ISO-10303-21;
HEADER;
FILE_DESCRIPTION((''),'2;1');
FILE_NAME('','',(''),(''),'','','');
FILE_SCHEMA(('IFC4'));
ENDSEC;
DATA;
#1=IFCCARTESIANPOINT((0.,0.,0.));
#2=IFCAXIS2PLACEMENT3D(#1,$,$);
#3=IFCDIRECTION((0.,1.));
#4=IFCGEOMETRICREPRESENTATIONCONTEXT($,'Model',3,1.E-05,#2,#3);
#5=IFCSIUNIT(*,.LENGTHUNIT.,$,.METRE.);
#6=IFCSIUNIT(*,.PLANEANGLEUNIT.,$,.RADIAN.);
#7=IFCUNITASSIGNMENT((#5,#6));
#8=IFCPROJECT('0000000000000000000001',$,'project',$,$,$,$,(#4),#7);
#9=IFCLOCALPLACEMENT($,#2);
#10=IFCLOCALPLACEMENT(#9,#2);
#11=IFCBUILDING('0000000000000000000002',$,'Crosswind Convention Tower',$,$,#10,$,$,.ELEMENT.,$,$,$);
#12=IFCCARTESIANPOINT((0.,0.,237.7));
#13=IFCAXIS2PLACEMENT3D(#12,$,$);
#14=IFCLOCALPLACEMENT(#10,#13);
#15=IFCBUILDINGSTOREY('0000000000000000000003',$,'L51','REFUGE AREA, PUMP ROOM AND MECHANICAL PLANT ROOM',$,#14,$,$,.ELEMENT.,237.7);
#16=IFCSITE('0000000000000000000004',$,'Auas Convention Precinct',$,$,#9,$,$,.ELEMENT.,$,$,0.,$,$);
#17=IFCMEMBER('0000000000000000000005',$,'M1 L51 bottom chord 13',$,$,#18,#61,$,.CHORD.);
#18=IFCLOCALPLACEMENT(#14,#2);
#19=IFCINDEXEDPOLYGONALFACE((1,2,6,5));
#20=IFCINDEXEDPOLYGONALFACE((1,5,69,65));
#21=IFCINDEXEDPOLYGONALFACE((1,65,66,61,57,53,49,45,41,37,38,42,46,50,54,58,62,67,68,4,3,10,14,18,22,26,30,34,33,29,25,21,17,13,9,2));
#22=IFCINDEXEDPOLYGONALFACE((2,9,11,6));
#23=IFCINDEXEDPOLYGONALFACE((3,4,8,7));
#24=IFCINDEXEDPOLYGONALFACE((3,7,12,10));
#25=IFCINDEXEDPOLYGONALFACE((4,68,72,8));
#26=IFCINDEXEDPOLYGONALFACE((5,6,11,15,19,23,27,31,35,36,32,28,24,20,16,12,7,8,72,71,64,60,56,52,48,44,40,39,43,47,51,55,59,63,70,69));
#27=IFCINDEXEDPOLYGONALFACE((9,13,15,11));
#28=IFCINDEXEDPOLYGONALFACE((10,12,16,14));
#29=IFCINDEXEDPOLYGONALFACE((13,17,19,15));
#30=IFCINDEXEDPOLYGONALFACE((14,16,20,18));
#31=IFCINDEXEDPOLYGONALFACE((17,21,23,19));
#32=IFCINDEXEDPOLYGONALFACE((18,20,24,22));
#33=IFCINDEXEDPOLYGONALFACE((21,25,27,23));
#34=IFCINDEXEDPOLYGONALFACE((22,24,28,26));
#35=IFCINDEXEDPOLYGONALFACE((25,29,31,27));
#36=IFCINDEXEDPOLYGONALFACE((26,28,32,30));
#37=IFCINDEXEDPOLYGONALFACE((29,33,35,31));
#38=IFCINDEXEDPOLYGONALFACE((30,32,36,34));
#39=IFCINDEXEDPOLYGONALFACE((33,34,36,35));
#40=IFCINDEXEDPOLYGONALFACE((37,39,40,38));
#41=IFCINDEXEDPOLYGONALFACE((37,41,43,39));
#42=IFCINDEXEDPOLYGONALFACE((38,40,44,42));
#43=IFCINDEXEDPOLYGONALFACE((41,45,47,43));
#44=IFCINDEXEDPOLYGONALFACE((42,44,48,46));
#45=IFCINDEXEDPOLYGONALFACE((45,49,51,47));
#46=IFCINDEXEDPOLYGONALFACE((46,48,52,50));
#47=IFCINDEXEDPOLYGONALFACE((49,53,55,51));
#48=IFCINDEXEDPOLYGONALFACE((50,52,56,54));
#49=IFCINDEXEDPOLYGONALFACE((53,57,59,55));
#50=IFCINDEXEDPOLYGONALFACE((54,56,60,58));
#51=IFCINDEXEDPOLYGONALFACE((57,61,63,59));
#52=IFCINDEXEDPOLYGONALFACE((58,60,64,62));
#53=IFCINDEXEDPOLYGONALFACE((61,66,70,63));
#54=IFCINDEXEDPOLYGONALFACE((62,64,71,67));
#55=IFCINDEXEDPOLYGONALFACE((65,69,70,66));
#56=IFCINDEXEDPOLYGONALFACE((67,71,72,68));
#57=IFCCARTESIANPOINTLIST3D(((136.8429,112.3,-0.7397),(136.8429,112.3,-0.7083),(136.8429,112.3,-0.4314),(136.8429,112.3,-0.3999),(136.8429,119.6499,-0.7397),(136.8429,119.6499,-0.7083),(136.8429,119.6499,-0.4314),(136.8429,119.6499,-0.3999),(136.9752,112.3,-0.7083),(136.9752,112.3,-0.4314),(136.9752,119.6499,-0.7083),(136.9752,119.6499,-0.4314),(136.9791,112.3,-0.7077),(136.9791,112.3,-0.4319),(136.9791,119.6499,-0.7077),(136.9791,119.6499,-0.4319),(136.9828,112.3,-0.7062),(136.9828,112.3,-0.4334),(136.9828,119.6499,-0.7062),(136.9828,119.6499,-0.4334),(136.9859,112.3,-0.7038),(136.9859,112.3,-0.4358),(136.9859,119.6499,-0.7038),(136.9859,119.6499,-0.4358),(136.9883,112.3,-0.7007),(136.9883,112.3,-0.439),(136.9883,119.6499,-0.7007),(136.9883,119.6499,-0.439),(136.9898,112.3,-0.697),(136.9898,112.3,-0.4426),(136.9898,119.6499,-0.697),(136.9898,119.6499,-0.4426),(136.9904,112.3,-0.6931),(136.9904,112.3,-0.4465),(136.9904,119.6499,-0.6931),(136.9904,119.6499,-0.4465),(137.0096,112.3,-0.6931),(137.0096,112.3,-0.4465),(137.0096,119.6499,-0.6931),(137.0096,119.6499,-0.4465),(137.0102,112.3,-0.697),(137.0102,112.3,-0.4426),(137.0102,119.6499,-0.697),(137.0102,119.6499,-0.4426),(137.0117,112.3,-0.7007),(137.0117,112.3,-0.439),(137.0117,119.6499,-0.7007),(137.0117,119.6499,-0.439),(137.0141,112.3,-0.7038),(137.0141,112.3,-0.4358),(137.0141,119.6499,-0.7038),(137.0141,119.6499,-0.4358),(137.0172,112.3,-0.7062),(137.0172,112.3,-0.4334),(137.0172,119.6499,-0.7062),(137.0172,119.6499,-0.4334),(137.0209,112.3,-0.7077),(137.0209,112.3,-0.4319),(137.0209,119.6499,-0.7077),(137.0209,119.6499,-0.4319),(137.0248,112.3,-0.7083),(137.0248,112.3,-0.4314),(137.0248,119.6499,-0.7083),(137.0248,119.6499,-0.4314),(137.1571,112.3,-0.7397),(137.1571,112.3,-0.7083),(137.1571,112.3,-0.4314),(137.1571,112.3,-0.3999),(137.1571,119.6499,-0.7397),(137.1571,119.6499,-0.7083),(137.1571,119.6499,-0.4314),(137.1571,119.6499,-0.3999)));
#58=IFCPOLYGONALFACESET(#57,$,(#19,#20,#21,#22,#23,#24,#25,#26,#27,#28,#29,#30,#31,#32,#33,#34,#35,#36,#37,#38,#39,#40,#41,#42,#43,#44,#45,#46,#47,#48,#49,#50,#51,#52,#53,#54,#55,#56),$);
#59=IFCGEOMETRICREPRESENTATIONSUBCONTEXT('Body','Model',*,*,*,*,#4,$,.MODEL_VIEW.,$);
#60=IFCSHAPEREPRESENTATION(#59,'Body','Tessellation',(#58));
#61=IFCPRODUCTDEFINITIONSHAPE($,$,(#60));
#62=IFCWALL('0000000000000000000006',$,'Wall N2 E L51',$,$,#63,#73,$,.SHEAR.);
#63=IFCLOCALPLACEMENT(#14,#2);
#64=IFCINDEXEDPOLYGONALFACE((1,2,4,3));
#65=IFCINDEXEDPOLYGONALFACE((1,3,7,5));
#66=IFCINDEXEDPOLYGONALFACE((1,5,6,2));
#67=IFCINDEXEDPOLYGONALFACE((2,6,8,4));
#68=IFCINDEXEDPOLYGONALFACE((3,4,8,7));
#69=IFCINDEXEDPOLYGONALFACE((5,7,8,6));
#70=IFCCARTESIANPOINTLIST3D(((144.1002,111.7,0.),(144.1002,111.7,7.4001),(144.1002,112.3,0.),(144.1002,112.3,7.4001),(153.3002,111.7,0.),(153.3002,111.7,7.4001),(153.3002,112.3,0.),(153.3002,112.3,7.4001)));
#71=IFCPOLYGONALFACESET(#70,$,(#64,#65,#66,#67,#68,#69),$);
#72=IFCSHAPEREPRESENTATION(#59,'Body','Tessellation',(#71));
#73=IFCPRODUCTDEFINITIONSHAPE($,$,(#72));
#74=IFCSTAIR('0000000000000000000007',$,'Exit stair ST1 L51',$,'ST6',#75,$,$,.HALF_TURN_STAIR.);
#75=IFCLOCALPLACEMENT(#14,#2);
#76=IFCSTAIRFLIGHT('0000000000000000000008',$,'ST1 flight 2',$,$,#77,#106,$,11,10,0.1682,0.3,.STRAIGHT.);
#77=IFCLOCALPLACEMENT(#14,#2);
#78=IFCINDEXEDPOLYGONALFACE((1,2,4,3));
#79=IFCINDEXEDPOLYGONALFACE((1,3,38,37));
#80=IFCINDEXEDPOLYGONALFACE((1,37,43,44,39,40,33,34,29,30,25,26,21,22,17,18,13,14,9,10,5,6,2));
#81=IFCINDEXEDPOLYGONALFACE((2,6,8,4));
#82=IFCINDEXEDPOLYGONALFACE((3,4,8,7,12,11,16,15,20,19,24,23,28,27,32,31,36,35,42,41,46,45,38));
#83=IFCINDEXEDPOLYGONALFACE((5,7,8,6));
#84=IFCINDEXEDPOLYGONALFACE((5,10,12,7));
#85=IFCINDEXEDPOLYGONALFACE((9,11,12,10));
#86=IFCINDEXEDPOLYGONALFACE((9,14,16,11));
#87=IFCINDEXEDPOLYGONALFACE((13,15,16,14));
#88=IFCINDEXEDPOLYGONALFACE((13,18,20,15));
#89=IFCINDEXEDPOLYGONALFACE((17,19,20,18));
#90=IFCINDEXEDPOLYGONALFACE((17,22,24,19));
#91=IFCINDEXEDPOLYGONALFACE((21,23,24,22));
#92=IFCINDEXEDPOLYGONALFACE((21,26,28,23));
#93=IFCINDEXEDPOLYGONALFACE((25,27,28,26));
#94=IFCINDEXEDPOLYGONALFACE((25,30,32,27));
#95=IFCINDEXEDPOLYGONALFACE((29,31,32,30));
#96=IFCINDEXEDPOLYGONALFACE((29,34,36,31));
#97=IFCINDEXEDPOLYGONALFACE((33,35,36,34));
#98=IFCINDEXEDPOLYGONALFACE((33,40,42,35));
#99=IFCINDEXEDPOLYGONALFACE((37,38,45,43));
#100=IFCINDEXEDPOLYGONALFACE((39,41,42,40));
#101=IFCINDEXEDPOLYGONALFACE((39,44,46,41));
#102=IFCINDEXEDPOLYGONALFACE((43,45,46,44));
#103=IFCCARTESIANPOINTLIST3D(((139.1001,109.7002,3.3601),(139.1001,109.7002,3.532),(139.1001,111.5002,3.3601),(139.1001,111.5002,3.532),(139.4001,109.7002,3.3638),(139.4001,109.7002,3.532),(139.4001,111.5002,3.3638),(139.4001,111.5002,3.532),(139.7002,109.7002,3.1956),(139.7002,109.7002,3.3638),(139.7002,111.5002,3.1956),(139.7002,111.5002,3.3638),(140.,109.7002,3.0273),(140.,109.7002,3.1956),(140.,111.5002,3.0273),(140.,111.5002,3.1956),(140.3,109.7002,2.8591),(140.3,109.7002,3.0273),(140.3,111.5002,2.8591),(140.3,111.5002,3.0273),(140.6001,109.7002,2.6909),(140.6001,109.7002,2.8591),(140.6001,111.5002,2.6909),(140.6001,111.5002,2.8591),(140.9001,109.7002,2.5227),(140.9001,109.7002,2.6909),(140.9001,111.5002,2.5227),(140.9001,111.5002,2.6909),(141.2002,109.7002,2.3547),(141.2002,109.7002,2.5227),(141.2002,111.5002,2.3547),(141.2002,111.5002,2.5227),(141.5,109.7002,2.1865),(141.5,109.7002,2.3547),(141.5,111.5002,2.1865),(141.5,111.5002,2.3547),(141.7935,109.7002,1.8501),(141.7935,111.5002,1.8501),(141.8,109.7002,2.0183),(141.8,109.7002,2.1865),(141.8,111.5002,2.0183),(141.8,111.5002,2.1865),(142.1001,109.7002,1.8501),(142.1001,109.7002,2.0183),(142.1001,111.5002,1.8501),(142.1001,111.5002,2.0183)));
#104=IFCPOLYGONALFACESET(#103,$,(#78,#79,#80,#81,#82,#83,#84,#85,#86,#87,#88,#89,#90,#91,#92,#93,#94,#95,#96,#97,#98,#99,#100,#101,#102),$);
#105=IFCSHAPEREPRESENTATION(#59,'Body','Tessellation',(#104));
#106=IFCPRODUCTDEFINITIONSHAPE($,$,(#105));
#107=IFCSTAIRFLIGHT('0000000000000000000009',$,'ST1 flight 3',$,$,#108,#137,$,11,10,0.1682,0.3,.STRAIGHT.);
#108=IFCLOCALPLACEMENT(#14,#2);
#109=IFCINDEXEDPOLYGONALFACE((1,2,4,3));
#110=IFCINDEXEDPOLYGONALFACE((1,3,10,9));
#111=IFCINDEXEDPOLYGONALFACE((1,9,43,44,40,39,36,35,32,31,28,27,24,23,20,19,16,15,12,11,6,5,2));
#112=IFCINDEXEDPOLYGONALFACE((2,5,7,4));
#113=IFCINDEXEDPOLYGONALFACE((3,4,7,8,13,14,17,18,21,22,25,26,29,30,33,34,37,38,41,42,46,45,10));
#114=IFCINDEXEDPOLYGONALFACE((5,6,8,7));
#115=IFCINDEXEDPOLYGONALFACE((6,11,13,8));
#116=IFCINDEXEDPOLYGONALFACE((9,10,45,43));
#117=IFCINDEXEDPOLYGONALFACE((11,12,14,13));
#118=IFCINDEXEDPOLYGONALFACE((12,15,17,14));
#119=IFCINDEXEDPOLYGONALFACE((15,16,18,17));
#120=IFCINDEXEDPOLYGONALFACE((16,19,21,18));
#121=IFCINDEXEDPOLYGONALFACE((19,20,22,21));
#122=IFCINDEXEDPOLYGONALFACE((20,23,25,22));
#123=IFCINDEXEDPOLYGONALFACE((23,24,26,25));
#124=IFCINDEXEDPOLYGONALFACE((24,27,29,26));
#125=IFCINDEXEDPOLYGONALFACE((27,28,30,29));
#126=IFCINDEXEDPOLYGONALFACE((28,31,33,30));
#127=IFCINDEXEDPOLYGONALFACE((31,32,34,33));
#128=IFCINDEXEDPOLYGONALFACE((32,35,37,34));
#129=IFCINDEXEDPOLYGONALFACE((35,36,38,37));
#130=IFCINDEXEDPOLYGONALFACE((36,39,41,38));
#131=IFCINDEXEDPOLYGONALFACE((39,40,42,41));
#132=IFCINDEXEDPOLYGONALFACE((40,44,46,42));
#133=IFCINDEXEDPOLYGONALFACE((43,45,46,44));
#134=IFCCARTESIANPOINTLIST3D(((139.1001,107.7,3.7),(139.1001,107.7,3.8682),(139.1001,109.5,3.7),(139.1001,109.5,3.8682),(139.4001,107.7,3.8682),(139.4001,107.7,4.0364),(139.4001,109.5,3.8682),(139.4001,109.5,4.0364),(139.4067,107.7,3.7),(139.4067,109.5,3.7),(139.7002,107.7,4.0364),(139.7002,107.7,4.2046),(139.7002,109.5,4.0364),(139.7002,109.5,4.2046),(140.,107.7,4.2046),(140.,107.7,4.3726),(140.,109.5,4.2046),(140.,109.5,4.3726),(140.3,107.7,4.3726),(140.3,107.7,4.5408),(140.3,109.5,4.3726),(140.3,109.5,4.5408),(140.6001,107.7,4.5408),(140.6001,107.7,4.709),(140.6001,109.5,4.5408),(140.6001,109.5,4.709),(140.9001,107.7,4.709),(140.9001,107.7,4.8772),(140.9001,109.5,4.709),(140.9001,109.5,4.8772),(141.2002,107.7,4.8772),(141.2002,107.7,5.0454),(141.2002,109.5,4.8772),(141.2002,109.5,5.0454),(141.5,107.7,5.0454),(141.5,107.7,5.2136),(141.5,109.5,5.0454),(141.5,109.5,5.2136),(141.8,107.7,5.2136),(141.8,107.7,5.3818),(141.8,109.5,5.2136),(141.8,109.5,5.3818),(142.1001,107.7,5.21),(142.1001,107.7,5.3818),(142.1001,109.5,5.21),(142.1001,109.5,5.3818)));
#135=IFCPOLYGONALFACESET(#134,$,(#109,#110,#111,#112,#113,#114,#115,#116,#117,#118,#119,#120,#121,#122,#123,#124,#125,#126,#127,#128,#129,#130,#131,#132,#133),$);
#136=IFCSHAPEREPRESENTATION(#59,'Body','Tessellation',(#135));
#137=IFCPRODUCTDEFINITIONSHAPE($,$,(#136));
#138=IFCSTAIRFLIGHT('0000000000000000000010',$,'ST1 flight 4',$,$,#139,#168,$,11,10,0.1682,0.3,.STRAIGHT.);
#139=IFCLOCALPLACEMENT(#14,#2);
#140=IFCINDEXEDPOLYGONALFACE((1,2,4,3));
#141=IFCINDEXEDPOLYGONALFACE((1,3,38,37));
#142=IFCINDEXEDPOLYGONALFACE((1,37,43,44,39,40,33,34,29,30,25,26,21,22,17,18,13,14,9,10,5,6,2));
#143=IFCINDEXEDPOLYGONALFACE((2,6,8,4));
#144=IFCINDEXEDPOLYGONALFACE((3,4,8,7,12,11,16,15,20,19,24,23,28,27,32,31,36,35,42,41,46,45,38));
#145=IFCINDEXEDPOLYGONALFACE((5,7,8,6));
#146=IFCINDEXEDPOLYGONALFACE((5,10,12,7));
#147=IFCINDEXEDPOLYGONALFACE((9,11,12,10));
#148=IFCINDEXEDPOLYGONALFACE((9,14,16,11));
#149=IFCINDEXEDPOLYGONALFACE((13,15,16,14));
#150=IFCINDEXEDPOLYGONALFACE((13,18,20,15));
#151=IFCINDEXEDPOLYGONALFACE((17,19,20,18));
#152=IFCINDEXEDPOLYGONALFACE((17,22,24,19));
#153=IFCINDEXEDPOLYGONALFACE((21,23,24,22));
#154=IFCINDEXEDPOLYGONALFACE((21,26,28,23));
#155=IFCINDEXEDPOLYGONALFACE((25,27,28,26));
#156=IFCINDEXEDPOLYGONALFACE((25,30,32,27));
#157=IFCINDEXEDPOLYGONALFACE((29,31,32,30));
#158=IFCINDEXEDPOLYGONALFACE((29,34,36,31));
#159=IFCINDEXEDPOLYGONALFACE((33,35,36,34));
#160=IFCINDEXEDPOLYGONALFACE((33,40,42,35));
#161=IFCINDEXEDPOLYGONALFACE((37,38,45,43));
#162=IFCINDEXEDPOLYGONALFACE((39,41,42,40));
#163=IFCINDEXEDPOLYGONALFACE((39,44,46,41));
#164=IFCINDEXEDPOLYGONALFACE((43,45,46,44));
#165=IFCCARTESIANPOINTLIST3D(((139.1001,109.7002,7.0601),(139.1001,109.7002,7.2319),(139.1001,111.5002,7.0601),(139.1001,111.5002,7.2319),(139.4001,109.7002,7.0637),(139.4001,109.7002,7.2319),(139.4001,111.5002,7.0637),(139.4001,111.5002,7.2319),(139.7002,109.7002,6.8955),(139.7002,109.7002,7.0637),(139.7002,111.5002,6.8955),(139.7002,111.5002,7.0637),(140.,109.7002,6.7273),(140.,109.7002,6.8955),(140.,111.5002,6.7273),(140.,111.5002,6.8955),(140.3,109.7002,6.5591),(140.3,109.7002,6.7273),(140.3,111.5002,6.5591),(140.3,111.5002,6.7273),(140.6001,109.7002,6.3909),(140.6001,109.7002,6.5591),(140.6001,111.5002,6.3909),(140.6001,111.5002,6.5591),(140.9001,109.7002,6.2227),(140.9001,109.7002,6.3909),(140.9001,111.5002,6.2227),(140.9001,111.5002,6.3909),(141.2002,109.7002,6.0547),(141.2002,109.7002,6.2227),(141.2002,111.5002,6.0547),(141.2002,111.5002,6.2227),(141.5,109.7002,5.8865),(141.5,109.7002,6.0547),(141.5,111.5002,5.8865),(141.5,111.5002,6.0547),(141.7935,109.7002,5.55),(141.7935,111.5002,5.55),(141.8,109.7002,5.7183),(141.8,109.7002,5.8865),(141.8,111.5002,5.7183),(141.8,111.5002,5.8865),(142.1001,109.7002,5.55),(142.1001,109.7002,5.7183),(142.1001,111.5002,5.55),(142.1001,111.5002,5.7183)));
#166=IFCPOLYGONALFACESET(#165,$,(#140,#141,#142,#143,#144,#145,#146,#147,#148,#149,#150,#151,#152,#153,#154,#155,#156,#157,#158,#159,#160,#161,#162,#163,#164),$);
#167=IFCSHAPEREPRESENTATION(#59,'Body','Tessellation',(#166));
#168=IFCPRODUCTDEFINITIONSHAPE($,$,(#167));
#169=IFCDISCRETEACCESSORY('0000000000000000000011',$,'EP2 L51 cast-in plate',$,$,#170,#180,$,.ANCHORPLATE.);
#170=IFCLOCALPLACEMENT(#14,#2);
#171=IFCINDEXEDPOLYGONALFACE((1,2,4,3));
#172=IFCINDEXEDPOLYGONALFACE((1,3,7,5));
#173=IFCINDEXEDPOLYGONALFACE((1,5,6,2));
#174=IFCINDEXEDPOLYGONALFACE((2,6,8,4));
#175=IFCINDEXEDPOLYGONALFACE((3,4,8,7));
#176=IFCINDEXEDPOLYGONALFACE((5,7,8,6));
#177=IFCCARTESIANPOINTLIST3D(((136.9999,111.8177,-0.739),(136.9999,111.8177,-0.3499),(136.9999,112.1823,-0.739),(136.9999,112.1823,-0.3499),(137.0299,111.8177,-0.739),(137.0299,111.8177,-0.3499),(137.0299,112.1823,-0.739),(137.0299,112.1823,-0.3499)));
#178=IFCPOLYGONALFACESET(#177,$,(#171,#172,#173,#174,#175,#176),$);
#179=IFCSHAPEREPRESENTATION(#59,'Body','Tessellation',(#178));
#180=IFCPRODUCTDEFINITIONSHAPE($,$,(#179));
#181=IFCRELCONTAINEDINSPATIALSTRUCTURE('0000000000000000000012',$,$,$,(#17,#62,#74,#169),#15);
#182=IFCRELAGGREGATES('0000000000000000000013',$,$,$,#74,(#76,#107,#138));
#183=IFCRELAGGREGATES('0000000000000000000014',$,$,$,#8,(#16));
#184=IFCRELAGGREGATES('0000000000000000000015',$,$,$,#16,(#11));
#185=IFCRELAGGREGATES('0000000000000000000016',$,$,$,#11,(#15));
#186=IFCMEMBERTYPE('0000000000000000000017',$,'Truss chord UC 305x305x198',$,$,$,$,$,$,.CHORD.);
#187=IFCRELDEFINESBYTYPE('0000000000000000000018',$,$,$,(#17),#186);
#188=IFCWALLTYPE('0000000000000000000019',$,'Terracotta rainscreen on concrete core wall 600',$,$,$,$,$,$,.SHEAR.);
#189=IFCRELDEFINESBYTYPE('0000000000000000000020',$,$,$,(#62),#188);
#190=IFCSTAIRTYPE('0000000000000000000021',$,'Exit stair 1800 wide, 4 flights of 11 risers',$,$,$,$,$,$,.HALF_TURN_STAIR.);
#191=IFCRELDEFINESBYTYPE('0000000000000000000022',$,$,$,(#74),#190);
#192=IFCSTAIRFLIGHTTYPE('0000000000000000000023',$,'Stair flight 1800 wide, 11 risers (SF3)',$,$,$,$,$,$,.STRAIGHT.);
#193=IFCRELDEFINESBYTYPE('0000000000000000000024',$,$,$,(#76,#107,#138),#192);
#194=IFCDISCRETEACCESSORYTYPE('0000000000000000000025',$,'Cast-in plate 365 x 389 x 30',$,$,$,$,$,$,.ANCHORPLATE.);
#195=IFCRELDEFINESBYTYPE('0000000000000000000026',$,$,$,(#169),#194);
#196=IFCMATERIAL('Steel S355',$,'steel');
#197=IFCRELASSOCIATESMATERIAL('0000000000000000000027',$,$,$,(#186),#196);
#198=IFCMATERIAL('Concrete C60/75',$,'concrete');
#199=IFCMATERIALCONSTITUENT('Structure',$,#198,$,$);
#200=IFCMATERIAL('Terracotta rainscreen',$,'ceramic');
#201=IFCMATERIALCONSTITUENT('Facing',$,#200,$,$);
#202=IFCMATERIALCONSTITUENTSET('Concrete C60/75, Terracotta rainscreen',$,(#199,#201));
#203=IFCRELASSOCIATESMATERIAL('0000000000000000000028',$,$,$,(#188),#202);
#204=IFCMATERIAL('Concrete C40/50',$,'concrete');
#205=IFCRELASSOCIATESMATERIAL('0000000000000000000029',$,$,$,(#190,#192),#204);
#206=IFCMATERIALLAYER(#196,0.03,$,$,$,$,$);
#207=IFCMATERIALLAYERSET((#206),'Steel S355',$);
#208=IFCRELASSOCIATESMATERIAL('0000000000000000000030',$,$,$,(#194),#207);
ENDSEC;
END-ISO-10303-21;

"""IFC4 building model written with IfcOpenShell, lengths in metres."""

from ifc_helpers import new_model, si_unit, direction, frame, frame_2d, origin, origin_2d, place, context, subcontext, project, spatial, polyline, rectangle, i_section, outline, extrude, material, layer, layer_set, constituent, constituent_set, material_profile, profile_set, type_object, element, aggregate, save


model = new_model("IFC4")

# Units and contexts
model_context = context("Model", 3, precision=1e-05, world=origin(), true_north=direction((0.0, 1.0)))
body_context = subcontext(model_context, "Body", "Model", "MODEL_VIEW")
ifc_project = project(units=[si_unit("LENGTHUNIT", "METRE"), si_unit("PLANEANGLEUNIT", "RADIAN")], contexts=[model_context])

# Site, building, storey
site_placement = place(None, origin())
site = spatial("IfcSite", under=ifc_project, at=site_placement, Name="Auas Convention Precinct", CompositionType="ELEMENT", RefElevation=0.0)
building_placement = place(site_placement, origin())
building = spatial("IfcBuilding", under=site, at=building_placement, Name="Crosswind Convention Tower", CompositionType="ELEMENT")
storey_placement = place(building_placement, frame((0.0, 0.0, 237.7)))
storey = spatial("IfcBuildingStorey", under=building, at=storey_placement, Name="L51", Description="REFUGE AREA, PUMP ROOM AND MECHANICAL PLANT ROOM", CompositionType="ELEMENT", Elevation=237.7)

# Member
ifc_material_1 = material(Name="Steel S355", Category="steel")
ifc_material_profile = material_profile(ifc_material_1, i_section(OverallWidth=0.3142, OverallDepth=0.3398, WebThickness=0.0193, FlangeThickness=0.0315, FilletRadius=0.0151, at=origin_2d()), Name="UC 305x305x198")
ifc_profile_set = profile_set([ifc_material_profile], Name="Steel S355")
member_type = type_object("IfcMemberType", Name="Truss chord UC 305x305x198", PredefinedType="CHORD", material=ifc_profile_set)
member_placement = place(storey_placement, frame((137.0, 112.3, -0.5698), z_axis=(0.0, 1.0, 0.0), x_axis=(-1.0, 0.0, 0.0)))
element("IfcMember", 1, at=member_placement, inside=storey, type_object=member_type, Name="M1 L51 bottom chord 13", PredefinedType="CHORD", context=body_context, shape_type="SweptSolid", body=[
    extrude(i_section(OverallWidth=0.3142, OverallDepth=0.3398, WebThickness=0.0193, FlangeThickness=0.0315, FilletRadius=0.0151, at=origin_2d()), origin(), (0.0, 0.0, 1.0), 7.3499),
])

# Wall
ifc_material_2 = material(Name="Concrete C60/75", Category="concrete")
ifc_constituent_1 = constituent(ifc_material_2, Name="Structure")
ifc_material_3 = material(Name="Terracotta rainscreen", Category="ceramic")
ifc_constituent_2 = constituent(ifc_material_3, Name="Facing")
ifc_constituent_set = constituent_set(constituents=[ifc_constituent_1, ifc_constituent_2], Name="Concrete C60/75, Terracotta rainscreen")
wall_type = type_object("IfcWallType", Name="Terracotta rainscreen on concrete core wall 600", PredefinedType="SHEAR", material=ifc_constituent_set)
wall_placement = place(storey_placement, frame((144.1001, 112.0, 0.0), z_axis=(0.0, 0.0, 1.0), x_axis=(1.0, 0.0, 0.0)))
element("IfcWall", 2, at=wall_placement, inside=storey, type_object=wall_type, Name="Wall N2 E L51", PredefinedType="SHEAR", context=body_context, shape_type="SweptSolid", body=[
    extrude(rectangle(XDim=9.2, YDim=0.6001, at=frame_2d((4.6001, 0.0))), origin(), (0.0, 0.0, 1.0), 7.4001),
])

# Stair, stair flights
ifc_material_4 = material(Name="Concrete C40/50", Category="concrete")
stair_type = type_object("IfcStairType", Name="Exit stair 1800 wide, 4 flights of 11 risers", PredefinedType="HALF_TURN_STAIR", material=ifc_material_4)
stair_placement = place(storey_placement, origin())
stair = element("IfcStair", 3, at=stair_placement, inside=storey, type_object=stair_type, Name="Exit stair ST1 L51", ObjectType="ST6", PredefinedType="HALF_TURN_STAIR")
stair_flight_type = type_object("IfcStairFlightType", Name="Stair flight 1800 wide, 11 risers (SF3)", PredefinedType="STRAIGHT", material=ifc_material_4)
stair_flight_1_placement = place(storey_placement, frame((142.1001, 110.6001, 1.8501), z_axis=(0.0, 0.0, 1.0), x_axis=(-1.0, 0.0, 0.0)))
stair_flight_1 = element("IfcStairFlight", 4, at=stair_flight_1_placement, type_object=stair_flight_type, Name="ST1 flight 2", NumberOfRisers=11, NumberOfTreads=10, PredefinedType="STRAIGHT", RiserHeight=0.1682, TreadLength=0.3, context=body_context, shape_type="SweptSolid", body=[
    extrude(outline(polyline([(0.0, 0.0), (0.0, 0.1682), (0.3, 0.1682), (0.3, 0.3364), (0.6001, 0.3364), (0.6001, 0.5046), (0.8999, 0.5046), (0.8999, 0.6726), (1.2, 0.6726), (1.2, 0.8408), (1.5, 0.8408), (1.5, 1.009), (1.8, 1.009), (1.8, 1.1772), (2.1001, 1.1772), (2.1001, 1.3455), (2.3999, 1.3455), (2.3999, 1.5137), (2.7, 1.5137), (2.7, 1.6819), (3.0, 1.6819), (3.0, 1.8501), (3.0, 1.51), (0.3066, 0.0), (0.0, 0.0)])), frame((0.0, 0.8999, 0.0), z_axis=(0.0, -1.0, 0.0), x_axis=(1.0, 0.0, 0.0)), (0.0, 0.0, 1.0), 1.8),
])
stair_flight_2_placement = place(storey_placement, frame((139.1001, 108.6001, 3.7), z_axis=(0.0, 0.0, 1.0), x_axis=(1.0, 0.0, 0.0)))
stair_flight_2 = element("IfcStairFlight", 5, at=stair_flight_2_placement, type_object=stair_flight_type, Name="ST1 flight 3", NumberOfRisers=11, NumberOfTreads=10, PredefinedType="STRAIGHT", RiserHeight=0.1682, TreadLength=0.3, context=body_context, shape_type="SweptSolid", body=[
    extrude(outline(polyline([(0.0, 0.0), (0.0, 0.1682), (0.3, 0.1682), (0.3, 0.3364), (0.6001, 0.3364), (0.6001, 0.5046), (0.8999, 0.5046), (0.8999, 0.6726), (1.2, 0.6726), (1.2, 0.8408), (1.5, 0.8408), (1.5, 1.009), (1.8, 1.009), (1.8, 1.1772), (2.1001, 1.1772), (2.1001, 1.3455), (2.3999, 1.3455), (2.3999, 1.5137), (2.7, 1.5137), (2.7, 1.6819), (3.0, 1.6819), (3.0, 1.8501), (3.0, 1.51), (0.3066, 0.0), (0.0, 0.0)])), frame((0.0, 0.8999, 0.0), z_axis=(0.0, -1.0, 0.0), x_axis=(1.0, 0.0, 0.0)), (0.0, 0.0, 1.0), 1.8),
])
stair_flight_3_placement = place(storey_placement, frame((142.1001, 110.6001, 5.55), z_axis=(0.0, 0.0, 1.0), x_axis=(-1.0, 0.0, 0.0)))
stair_flight_3 = element("IfcStairFlight", 6, at=stair_flight_3_placement, type_object=stair_flight_type, Name="ST1 flight 4", NumberOfRisers=11, NumberOfTreads=10, PredefinedType="STRAIGHT", RiserHeight=0.1682, TreadLength=0.3, context=body_context, shape_type="SweptSolid", body=[
    extrude(outline(polyline([(0.0, 0.0), (0.0, 0.1682), (0.3, 0.1682), (0.3, 0.3364), (0.6001, 0.3364), (0.6001, 0.5046), (0.8999, 0.5046), (0.8999, 0.6726), (1.2, 0.6726), (1.2, 0.8408), (1.5, 0.8408), (1.5, 1.009), (1.8, 1.009), (1.8, 1.1772), (2.1001, 1.1772), (2.1001, 1.3455), (2.3999, 1.3455), (2.3999, 1.5137), (2.7, 1.5137), (2.7, 1.6819), (3.0, 1.6819), (3.0, 1.8501), (3.0, 1.51), (0.3066, 0.0), (0.0, 0.0)])), frame((0.0, 0.8999, 0.0), z_axis=(0.0, -1.0, 0.0), x_axis=(1.0, 0.0, 0.0)), (0.0, 0.0, 1.0), 1.8),
])
aggregate(stair, [stair_flight_1, stair_flight_2, stair_flight_3])

# Discrete accessory
ifc_layer_1 = layer(ifc_material_1, 0.03)
ifc_layer_set_1 = layer_set([ifc_layer_1], Name="Steel S355")
discrete_accessory_type_1 = type_object("IfcDiscreteAccessoryType", Name="Cast-in plate 365 x 389 x 30", PredefinedType="ANCHORPLATE", material=ifc_layer_set_1)
for number, where, z_axis, x_axis, name in (
    (7, (137.0149, 112.0, -0.739), (0.0, 0.0, 1.0), (1.0, 0.0, 0.0), "EP2 L51 cast-in plate"),
):
    element("IfcDiscreteAccessory", number, at=place(storey_placement, frame(where, z_axis=z_axis, x_axis=x_axis)), inside=storey, type_object=discrete_accessory_type_1, Name=name, PredefinedType="ANCHORPLATE", context=body_context, shape_type="SweptSolid", body=[
        extrude(rectangle(XDim=0.03, YDim=0.3645, at=origin_2d()), origin(), (0.0, 0.0, 1.0), 0.3892),
    ])

save(model, "model.ifc")
